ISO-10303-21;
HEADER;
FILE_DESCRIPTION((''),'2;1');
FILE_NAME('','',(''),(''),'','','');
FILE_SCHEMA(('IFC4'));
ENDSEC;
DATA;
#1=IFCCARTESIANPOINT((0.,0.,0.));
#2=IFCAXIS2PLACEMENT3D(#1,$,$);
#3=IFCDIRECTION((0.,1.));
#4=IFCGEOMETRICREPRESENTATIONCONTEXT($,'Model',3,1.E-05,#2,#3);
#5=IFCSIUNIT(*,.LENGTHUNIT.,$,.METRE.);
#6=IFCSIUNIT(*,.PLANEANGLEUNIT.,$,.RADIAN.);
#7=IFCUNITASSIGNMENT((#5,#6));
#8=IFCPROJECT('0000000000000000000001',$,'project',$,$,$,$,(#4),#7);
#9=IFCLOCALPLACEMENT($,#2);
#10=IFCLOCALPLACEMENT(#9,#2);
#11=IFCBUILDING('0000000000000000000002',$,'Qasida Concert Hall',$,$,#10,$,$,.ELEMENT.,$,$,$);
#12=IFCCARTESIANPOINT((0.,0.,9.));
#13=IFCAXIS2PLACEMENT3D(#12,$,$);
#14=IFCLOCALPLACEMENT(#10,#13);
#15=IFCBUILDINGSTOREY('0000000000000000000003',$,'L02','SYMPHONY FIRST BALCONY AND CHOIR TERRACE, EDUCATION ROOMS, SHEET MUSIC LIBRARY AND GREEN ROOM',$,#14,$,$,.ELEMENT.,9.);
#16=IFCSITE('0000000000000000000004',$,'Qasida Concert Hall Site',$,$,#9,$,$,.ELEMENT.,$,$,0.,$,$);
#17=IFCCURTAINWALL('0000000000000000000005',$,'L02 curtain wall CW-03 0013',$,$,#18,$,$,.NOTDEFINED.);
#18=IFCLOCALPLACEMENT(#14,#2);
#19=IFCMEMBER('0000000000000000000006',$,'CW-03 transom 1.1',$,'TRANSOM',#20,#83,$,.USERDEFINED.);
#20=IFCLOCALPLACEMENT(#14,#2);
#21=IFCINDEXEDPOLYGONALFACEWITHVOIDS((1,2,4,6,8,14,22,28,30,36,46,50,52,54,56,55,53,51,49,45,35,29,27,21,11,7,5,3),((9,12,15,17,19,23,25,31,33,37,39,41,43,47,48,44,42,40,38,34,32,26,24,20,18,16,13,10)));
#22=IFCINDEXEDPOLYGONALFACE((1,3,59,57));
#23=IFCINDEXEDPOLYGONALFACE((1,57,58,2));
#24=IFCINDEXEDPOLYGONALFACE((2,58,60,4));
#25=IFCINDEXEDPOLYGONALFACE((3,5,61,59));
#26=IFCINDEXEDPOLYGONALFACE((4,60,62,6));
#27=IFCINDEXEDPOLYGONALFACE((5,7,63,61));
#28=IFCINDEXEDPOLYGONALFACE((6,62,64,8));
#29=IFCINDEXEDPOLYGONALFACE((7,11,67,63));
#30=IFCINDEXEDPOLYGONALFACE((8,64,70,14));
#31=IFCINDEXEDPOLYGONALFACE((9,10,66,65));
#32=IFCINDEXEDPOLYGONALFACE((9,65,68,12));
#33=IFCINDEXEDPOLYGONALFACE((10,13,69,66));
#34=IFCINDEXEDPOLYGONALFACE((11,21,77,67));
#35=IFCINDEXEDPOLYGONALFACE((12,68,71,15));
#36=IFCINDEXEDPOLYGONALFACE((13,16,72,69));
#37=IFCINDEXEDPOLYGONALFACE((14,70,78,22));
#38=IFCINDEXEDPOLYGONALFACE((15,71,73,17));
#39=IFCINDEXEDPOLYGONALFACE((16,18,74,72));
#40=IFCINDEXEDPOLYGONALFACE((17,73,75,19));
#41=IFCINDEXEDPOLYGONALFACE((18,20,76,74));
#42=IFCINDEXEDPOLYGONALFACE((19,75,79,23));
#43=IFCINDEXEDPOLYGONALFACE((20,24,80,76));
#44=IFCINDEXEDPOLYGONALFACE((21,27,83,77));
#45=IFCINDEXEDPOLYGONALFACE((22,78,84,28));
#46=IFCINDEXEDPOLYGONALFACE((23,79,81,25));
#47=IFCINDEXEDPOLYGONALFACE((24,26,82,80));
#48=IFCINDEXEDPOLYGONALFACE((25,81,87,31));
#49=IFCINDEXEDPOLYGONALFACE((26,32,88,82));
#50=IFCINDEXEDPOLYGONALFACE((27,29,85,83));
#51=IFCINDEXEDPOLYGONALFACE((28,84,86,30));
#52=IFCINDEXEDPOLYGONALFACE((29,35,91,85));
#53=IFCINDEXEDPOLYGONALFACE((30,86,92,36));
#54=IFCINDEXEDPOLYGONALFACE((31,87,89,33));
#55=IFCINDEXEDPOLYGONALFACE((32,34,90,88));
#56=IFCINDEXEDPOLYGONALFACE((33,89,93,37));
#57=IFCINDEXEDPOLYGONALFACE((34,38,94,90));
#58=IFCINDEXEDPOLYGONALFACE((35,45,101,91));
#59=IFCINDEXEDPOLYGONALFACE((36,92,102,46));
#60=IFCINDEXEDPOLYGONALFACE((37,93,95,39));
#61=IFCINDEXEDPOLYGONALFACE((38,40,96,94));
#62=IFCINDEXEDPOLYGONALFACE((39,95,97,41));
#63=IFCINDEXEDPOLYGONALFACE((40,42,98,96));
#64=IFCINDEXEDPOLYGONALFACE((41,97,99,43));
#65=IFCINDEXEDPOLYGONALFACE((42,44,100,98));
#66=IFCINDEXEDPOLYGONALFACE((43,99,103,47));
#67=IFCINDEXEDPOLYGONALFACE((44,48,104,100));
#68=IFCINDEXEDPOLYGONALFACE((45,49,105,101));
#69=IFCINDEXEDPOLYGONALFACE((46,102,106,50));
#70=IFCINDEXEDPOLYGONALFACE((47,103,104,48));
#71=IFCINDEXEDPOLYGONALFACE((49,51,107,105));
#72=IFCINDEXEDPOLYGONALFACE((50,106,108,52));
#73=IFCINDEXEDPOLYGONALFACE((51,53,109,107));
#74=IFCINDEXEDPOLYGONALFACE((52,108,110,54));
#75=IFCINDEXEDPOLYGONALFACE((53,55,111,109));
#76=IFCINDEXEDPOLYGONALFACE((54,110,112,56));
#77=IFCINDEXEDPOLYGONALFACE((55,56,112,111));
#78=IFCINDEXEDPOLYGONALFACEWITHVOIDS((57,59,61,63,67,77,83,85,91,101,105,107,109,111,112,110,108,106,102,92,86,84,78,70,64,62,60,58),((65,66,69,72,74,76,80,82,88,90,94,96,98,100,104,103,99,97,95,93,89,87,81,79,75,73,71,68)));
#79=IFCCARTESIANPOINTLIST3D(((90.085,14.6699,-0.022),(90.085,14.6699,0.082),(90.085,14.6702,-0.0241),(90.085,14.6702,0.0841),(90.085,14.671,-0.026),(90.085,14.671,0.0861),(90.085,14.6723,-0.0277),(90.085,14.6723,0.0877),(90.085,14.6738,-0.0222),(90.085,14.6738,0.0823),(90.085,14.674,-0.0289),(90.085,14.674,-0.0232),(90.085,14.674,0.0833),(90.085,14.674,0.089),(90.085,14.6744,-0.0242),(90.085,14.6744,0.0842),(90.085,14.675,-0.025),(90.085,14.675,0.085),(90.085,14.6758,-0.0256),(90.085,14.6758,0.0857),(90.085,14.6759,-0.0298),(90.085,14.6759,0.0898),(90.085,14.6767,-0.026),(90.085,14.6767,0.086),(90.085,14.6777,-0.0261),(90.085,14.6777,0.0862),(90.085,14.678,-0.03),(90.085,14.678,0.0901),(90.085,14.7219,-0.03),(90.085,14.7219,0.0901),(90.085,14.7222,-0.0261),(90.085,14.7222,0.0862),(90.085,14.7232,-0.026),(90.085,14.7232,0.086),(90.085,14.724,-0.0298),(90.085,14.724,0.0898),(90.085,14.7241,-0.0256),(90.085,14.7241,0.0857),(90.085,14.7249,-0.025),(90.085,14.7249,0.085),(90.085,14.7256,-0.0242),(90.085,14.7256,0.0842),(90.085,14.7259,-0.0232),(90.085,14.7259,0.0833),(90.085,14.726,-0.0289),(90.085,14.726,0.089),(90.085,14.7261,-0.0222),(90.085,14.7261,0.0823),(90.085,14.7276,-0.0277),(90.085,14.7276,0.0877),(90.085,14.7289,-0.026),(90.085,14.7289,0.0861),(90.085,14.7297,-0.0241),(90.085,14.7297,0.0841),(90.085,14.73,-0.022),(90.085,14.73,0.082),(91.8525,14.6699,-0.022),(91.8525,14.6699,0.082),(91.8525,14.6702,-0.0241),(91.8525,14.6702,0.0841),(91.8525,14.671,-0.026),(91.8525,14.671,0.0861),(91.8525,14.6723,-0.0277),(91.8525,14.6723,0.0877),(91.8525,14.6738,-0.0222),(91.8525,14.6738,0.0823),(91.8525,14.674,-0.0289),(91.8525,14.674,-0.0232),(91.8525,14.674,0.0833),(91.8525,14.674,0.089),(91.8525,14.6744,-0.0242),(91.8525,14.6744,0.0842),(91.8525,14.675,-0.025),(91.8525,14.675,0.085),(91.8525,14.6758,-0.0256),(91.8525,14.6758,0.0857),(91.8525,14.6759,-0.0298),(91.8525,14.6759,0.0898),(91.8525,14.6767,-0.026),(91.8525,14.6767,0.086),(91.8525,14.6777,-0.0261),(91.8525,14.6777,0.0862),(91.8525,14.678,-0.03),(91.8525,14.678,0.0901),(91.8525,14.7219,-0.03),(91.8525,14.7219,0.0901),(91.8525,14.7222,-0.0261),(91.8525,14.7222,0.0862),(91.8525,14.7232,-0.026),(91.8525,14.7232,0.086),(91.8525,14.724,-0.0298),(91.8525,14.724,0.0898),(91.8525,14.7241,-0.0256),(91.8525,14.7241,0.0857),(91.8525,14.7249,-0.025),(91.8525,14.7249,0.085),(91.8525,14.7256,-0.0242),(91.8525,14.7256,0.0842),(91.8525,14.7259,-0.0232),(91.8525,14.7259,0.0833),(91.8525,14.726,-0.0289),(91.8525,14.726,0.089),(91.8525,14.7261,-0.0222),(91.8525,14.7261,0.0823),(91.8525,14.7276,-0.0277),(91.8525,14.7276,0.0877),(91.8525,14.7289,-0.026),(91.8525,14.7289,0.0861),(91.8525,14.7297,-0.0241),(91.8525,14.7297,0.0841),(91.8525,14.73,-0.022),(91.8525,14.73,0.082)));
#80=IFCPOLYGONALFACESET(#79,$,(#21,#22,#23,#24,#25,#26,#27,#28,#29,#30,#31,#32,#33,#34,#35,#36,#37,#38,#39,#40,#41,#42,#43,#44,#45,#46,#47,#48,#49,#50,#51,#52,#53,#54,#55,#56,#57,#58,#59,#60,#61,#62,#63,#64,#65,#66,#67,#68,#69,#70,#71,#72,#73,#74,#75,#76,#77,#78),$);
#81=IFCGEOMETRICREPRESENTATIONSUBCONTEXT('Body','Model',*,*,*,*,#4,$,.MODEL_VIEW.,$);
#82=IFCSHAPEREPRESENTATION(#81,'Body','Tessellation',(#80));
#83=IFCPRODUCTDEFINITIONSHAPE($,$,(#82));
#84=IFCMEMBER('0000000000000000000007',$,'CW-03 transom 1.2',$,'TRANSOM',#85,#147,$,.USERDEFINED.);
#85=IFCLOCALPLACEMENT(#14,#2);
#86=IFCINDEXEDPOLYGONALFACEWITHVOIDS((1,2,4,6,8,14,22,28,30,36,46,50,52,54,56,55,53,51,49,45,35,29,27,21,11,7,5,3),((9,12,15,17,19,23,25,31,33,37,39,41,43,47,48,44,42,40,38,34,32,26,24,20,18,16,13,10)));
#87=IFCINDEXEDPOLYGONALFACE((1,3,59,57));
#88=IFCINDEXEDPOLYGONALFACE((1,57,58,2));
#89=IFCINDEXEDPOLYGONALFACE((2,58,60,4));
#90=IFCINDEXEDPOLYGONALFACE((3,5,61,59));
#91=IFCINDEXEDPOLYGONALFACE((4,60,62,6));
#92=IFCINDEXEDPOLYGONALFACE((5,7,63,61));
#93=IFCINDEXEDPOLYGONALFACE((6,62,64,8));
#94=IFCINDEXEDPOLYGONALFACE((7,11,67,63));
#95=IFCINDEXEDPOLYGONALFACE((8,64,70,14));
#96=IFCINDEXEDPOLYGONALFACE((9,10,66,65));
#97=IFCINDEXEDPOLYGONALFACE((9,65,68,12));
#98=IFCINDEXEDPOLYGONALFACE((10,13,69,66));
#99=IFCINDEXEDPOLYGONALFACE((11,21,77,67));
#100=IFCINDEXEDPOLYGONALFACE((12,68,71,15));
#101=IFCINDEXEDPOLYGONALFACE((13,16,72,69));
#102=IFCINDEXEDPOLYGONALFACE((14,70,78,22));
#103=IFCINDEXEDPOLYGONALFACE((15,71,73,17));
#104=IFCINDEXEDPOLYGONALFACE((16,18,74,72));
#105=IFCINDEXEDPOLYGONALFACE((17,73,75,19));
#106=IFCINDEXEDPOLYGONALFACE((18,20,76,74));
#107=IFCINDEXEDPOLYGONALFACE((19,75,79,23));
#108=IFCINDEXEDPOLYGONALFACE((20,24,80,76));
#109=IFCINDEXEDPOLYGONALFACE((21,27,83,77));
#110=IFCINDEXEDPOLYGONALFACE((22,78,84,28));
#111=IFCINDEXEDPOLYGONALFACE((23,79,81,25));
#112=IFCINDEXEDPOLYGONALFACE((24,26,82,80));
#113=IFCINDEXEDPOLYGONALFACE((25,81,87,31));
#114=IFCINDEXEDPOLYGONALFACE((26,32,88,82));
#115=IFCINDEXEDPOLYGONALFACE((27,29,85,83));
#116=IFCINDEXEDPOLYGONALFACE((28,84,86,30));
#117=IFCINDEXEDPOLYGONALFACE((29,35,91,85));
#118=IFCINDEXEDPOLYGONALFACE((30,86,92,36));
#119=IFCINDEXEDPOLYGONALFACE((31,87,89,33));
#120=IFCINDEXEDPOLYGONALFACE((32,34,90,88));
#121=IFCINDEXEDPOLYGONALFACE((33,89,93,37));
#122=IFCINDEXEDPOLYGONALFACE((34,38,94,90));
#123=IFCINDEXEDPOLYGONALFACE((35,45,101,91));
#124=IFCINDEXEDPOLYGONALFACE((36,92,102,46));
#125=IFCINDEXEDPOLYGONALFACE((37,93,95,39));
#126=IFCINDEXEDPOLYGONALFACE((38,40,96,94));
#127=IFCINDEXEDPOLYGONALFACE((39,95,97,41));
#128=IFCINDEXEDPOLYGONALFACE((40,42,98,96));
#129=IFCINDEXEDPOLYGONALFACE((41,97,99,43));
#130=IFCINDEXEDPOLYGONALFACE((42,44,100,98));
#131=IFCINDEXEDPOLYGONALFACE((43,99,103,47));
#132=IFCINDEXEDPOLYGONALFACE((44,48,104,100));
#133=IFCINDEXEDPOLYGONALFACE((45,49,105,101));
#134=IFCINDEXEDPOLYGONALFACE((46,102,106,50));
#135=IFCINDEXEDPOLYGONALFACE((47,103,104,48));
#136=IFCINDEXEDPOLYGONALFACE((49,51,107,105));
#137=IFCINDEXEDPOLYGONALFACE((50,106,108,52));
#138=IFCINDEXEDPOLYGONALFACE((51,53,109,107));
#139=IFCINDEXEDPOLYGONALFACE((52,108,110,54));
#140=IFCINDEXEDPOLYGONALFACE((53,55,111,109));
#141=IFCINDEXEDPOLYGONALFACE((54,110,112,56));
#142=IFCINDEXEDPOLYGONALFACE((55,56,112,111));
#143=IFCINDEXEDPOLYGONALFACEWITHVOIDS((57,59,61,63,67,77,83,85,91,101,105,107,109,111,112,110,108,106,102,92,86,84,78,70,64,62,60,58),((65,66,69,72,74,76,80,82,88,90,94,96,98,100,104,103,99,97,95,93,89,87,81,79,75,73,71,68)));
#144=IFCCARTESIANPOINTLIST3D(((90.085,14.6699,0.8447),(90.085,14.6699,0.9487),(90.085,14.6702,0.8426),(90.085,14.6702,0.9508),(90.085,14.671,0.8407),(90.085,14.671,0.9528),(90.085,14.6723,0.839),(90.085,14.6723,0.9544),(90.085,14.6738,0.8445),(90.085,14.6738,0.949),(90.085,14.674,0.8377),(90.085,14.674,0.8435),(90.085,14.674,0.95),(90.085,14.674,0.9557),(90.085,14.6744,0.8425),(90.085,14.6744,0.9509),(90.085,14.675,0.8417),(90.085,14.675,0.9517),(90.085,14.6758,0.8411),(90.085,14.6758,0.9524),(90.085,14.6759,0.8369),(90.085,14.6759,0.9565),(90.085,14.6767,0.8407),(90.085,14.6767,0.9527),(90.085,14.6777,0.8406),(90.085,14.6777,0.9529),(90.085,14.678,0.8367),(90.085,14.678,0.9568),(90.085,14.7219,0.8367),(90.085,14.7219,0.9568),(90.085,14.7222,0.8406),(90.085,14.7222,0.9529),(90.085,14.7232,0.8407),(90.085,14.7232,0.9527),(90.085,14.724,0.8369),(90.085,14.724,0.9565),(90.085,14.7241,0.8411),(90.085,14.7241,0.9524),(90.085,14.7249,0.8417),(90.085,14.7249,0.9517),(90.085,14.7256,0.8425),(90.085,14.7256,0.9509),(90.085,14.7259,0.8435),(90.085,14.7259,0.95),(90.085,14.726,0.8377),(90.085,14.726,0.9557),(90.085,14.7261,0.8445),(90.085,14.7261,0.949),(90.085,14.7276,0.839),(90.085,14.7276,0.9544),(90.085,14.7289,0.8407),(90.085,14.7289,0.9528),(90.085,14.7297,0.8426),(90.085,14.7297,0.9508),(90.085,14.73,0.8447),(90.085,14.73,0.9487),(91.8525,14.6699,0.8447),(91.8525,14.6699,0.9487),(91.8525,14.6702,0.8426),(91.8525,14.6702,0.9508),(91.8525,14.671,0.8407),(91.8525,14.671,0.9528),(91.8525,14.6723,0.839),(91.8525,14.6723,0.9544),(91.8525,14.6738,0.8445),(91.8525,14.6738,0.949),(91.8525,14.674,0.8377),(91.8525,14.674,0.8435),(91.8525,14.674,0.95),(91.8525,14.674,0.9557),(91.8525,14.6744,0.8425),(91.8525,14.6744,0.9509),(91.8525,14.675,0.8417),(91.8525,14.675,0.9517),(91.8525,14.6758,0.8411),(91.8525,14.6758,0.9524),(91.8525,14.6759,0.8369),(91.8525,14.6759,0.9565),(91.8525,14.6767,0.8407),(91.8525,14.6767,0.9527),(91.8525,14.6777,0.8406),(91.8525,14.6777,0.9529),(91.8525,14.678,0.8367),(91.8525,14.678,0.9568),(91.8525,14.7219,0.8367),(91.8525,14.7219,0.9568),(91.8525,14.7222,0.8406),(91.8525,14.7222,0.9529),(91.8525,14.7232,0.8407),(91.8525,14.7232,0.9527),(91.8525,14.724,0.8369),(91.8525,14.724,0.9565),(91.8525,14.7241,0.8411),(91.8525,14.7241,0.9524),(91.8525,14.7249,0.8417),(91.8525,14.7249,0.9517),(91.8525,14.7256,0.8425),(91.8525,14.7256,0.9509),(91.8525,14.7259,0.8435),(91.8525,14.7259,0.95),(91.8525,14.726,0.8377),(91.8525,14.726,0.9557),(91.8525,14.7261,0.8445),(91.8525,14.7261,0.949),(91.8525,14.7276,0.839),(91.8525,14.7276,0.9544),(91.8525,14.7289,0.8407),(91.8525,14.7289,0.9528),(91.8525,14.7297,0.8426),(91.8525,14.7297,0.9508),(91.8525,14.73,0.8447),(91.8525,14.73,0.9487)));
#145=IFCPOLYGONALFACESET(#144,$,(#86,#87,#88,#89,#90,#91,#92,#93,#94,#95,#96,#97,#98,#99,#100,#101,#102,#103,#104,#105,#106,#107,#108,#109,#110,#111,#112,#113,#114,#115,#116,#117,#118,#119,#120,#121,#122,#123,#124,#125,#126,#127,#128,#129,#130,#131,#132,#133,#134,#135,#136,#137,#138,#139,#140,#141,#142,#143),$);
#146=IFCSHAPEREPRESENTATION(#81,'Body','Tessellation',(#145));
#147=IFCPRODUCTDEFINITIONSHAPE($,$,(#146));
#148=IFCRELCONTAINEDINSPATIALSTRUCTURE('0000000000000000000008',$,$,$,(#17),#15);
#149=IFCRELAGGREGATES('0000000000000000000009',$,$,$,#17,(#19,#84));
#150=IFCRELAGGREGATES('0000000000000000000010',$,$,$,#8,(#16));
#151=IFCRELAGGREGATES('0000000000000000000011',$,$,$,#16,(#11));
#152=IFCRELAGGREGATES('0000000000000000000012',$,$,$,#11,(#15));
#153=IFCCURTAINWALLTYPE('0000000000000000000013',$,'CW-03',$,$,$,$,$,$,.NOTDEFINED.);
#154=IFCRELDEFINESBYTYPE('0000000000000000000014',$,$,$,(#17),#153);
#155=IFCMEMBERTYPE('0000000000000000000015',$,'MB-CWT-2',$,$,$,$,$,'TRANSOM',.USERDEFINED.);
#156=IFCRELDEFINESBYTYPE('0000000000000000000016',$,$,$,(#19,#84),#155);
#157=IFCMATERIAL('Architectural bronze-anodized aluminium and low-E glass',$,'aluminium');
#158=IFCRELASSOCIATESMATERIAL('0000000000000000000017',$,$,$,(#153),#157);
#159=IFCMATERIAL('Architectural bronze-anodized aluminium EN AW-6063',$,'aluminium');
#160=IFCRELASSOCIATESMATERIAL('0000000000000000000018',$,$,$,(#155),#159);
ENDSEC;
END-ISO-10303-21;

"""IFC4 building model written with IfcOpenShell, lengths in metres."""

from ifc_helpers import new_model, si_unit, direction, frame, origin, origin_2d, place, context, subcontext, project, spatial, hollow_rectangle, extrude, material, material_profile, profile_set, type_object, element, aggregate, save


model = new_model("IFC4")

# Units and contexts
model_context = context("Model", 3, precision=1e-05, world=origin(), true_north=direction((0.0, 1.0)))
body_context = subcontext(model_context, "Body", "Model", "MODEL_VIEW")
ifc_project = project(units=[si_unit("LENGTHUNIT", "METRE"), si_unit("PLANEANGLEUNIT", "RADIAN")], contexts=[model_context])

# Site, building, storey
site_placement = place(None, origin())
site = spatial("IfcSite", under=ifc_project, at=site_placement, Name="Qasida Concert Hall Site", CompositionType="ELEMENT", RefElevation=0.0)
building_placement = place(site_placement, origin())
building = spatial("IfcBuilding", under=site, at=building_placement, Name="Qasida Concert Hall", CompositionType="ELEMENT")
storey_placement = place(building_placement, frame((0.0, 0.0, 9.0)))
storey = spatial("IfcBuildingStorey", under=building, at=storey_placement, Name="L02", Description="SYMPHONY FIRST BALCONY AND CHOIR TERRACE, EDUCATION ROOMS, SHEET MUSIC LIBRARY AND GREEN ROOM", CompositionType="ELEMENT", Elevation=9.0)

# Shared definitions
ifc_material_1 = material(Name="Architectural bronze-anodized aluminium and low-E glass", Category="aluminium")
curtain_wall_type = type_object("IfcCurtainWallType", Name="CW-03", PredefinedType="NOTDEFINED", material=ifc_material_1)
ifc_material_2 = material(Name="Architectural bronze-anodized aluminium EN AW-6063", Category="aluminium")

# Curtain wall
curtain_wall_1_placement = place(storey_placement, origin())
curtain_wall_1 = element("IfcCurtainWall", 1, at=curtain_wall_1_placement, inside=storey, type_object=curtain_wall_type, Name="L02 curtain wall CW-03 0013", PredefinedType="NOTDEFINED")

# Members
ifc_material_profile_1 = material_profile(ifc_material_2, hollow_rectangle(XDim=0.0601, YDim=0.1201, WallThickness=0.0039, InnerFilletRadius=0.0039, OuterFilletRadius=0.0081, at=origin_2d()), Name="CWT 120x60x4")
ifc_profile_set_1 = profile_set([ifc_material_profile_1], Name="Architectural bronze-anodized aluminium EN AW-6063")
member_type_1 = type_object("IfcMemberType", Name="MB-CWT-2", ElementType="TRANSOM", PredefinedType="USERDEFINED", material=ifc_profile_set_1)
member_1_placement = place(storey_placement, frame((90.085, 14.7, 0.03), z_axis=(1.0, 0.0, 0.0), x_axis=(0.0, 1.0, 0.0)))
member_1 = element("IfcMember", 2, at=member_1_placement, type_object=member_type_1, Name="CW-03 transom 1.1", ObjectType="TRANSOM", PredefinedType="USERDEFINED", context=body_context, shape_type="SweptSolid", body=[
    extrude(hollow_rectangle(XDim=0.0601, YDim=0.1201, WallThickness=0.0039, InnerFilletRadius=0.0039, OuterFilletRadius=0.0081, at=origin_2d()), origin(), (0.0, 0.0, 1.0), 1.7676),
])
member_2_placement = place(storey_placement, frame((90.085, 14.7, 0.8967), z_axis=(1.0, 0.0, 0.0), x_axis=(0.0, 1.0, 0.0)))
member_2 = element("IfcMember", 3, at=member_2_placement, type_object=member_type_1, Name="CW-03 transom 1.2", ObjectType="TRANSOM", PredefinedType="USERDEFINED", context=body_context, shape_type="SweptSolid", body=[
    extrude(hollow_rectangle(XDim=0.0601, YDim=0.1201, WallThickness=0.0039, InnerFilletRadius=0.0039, OuterFilletRadius=0.0081, at=origin_2d()), origin(), (0.0, 0.0, 1.0), 1.7676),
])

aggregate(curtain_wall_1, [member_1, member_2])

save(model, "model.ifc")
